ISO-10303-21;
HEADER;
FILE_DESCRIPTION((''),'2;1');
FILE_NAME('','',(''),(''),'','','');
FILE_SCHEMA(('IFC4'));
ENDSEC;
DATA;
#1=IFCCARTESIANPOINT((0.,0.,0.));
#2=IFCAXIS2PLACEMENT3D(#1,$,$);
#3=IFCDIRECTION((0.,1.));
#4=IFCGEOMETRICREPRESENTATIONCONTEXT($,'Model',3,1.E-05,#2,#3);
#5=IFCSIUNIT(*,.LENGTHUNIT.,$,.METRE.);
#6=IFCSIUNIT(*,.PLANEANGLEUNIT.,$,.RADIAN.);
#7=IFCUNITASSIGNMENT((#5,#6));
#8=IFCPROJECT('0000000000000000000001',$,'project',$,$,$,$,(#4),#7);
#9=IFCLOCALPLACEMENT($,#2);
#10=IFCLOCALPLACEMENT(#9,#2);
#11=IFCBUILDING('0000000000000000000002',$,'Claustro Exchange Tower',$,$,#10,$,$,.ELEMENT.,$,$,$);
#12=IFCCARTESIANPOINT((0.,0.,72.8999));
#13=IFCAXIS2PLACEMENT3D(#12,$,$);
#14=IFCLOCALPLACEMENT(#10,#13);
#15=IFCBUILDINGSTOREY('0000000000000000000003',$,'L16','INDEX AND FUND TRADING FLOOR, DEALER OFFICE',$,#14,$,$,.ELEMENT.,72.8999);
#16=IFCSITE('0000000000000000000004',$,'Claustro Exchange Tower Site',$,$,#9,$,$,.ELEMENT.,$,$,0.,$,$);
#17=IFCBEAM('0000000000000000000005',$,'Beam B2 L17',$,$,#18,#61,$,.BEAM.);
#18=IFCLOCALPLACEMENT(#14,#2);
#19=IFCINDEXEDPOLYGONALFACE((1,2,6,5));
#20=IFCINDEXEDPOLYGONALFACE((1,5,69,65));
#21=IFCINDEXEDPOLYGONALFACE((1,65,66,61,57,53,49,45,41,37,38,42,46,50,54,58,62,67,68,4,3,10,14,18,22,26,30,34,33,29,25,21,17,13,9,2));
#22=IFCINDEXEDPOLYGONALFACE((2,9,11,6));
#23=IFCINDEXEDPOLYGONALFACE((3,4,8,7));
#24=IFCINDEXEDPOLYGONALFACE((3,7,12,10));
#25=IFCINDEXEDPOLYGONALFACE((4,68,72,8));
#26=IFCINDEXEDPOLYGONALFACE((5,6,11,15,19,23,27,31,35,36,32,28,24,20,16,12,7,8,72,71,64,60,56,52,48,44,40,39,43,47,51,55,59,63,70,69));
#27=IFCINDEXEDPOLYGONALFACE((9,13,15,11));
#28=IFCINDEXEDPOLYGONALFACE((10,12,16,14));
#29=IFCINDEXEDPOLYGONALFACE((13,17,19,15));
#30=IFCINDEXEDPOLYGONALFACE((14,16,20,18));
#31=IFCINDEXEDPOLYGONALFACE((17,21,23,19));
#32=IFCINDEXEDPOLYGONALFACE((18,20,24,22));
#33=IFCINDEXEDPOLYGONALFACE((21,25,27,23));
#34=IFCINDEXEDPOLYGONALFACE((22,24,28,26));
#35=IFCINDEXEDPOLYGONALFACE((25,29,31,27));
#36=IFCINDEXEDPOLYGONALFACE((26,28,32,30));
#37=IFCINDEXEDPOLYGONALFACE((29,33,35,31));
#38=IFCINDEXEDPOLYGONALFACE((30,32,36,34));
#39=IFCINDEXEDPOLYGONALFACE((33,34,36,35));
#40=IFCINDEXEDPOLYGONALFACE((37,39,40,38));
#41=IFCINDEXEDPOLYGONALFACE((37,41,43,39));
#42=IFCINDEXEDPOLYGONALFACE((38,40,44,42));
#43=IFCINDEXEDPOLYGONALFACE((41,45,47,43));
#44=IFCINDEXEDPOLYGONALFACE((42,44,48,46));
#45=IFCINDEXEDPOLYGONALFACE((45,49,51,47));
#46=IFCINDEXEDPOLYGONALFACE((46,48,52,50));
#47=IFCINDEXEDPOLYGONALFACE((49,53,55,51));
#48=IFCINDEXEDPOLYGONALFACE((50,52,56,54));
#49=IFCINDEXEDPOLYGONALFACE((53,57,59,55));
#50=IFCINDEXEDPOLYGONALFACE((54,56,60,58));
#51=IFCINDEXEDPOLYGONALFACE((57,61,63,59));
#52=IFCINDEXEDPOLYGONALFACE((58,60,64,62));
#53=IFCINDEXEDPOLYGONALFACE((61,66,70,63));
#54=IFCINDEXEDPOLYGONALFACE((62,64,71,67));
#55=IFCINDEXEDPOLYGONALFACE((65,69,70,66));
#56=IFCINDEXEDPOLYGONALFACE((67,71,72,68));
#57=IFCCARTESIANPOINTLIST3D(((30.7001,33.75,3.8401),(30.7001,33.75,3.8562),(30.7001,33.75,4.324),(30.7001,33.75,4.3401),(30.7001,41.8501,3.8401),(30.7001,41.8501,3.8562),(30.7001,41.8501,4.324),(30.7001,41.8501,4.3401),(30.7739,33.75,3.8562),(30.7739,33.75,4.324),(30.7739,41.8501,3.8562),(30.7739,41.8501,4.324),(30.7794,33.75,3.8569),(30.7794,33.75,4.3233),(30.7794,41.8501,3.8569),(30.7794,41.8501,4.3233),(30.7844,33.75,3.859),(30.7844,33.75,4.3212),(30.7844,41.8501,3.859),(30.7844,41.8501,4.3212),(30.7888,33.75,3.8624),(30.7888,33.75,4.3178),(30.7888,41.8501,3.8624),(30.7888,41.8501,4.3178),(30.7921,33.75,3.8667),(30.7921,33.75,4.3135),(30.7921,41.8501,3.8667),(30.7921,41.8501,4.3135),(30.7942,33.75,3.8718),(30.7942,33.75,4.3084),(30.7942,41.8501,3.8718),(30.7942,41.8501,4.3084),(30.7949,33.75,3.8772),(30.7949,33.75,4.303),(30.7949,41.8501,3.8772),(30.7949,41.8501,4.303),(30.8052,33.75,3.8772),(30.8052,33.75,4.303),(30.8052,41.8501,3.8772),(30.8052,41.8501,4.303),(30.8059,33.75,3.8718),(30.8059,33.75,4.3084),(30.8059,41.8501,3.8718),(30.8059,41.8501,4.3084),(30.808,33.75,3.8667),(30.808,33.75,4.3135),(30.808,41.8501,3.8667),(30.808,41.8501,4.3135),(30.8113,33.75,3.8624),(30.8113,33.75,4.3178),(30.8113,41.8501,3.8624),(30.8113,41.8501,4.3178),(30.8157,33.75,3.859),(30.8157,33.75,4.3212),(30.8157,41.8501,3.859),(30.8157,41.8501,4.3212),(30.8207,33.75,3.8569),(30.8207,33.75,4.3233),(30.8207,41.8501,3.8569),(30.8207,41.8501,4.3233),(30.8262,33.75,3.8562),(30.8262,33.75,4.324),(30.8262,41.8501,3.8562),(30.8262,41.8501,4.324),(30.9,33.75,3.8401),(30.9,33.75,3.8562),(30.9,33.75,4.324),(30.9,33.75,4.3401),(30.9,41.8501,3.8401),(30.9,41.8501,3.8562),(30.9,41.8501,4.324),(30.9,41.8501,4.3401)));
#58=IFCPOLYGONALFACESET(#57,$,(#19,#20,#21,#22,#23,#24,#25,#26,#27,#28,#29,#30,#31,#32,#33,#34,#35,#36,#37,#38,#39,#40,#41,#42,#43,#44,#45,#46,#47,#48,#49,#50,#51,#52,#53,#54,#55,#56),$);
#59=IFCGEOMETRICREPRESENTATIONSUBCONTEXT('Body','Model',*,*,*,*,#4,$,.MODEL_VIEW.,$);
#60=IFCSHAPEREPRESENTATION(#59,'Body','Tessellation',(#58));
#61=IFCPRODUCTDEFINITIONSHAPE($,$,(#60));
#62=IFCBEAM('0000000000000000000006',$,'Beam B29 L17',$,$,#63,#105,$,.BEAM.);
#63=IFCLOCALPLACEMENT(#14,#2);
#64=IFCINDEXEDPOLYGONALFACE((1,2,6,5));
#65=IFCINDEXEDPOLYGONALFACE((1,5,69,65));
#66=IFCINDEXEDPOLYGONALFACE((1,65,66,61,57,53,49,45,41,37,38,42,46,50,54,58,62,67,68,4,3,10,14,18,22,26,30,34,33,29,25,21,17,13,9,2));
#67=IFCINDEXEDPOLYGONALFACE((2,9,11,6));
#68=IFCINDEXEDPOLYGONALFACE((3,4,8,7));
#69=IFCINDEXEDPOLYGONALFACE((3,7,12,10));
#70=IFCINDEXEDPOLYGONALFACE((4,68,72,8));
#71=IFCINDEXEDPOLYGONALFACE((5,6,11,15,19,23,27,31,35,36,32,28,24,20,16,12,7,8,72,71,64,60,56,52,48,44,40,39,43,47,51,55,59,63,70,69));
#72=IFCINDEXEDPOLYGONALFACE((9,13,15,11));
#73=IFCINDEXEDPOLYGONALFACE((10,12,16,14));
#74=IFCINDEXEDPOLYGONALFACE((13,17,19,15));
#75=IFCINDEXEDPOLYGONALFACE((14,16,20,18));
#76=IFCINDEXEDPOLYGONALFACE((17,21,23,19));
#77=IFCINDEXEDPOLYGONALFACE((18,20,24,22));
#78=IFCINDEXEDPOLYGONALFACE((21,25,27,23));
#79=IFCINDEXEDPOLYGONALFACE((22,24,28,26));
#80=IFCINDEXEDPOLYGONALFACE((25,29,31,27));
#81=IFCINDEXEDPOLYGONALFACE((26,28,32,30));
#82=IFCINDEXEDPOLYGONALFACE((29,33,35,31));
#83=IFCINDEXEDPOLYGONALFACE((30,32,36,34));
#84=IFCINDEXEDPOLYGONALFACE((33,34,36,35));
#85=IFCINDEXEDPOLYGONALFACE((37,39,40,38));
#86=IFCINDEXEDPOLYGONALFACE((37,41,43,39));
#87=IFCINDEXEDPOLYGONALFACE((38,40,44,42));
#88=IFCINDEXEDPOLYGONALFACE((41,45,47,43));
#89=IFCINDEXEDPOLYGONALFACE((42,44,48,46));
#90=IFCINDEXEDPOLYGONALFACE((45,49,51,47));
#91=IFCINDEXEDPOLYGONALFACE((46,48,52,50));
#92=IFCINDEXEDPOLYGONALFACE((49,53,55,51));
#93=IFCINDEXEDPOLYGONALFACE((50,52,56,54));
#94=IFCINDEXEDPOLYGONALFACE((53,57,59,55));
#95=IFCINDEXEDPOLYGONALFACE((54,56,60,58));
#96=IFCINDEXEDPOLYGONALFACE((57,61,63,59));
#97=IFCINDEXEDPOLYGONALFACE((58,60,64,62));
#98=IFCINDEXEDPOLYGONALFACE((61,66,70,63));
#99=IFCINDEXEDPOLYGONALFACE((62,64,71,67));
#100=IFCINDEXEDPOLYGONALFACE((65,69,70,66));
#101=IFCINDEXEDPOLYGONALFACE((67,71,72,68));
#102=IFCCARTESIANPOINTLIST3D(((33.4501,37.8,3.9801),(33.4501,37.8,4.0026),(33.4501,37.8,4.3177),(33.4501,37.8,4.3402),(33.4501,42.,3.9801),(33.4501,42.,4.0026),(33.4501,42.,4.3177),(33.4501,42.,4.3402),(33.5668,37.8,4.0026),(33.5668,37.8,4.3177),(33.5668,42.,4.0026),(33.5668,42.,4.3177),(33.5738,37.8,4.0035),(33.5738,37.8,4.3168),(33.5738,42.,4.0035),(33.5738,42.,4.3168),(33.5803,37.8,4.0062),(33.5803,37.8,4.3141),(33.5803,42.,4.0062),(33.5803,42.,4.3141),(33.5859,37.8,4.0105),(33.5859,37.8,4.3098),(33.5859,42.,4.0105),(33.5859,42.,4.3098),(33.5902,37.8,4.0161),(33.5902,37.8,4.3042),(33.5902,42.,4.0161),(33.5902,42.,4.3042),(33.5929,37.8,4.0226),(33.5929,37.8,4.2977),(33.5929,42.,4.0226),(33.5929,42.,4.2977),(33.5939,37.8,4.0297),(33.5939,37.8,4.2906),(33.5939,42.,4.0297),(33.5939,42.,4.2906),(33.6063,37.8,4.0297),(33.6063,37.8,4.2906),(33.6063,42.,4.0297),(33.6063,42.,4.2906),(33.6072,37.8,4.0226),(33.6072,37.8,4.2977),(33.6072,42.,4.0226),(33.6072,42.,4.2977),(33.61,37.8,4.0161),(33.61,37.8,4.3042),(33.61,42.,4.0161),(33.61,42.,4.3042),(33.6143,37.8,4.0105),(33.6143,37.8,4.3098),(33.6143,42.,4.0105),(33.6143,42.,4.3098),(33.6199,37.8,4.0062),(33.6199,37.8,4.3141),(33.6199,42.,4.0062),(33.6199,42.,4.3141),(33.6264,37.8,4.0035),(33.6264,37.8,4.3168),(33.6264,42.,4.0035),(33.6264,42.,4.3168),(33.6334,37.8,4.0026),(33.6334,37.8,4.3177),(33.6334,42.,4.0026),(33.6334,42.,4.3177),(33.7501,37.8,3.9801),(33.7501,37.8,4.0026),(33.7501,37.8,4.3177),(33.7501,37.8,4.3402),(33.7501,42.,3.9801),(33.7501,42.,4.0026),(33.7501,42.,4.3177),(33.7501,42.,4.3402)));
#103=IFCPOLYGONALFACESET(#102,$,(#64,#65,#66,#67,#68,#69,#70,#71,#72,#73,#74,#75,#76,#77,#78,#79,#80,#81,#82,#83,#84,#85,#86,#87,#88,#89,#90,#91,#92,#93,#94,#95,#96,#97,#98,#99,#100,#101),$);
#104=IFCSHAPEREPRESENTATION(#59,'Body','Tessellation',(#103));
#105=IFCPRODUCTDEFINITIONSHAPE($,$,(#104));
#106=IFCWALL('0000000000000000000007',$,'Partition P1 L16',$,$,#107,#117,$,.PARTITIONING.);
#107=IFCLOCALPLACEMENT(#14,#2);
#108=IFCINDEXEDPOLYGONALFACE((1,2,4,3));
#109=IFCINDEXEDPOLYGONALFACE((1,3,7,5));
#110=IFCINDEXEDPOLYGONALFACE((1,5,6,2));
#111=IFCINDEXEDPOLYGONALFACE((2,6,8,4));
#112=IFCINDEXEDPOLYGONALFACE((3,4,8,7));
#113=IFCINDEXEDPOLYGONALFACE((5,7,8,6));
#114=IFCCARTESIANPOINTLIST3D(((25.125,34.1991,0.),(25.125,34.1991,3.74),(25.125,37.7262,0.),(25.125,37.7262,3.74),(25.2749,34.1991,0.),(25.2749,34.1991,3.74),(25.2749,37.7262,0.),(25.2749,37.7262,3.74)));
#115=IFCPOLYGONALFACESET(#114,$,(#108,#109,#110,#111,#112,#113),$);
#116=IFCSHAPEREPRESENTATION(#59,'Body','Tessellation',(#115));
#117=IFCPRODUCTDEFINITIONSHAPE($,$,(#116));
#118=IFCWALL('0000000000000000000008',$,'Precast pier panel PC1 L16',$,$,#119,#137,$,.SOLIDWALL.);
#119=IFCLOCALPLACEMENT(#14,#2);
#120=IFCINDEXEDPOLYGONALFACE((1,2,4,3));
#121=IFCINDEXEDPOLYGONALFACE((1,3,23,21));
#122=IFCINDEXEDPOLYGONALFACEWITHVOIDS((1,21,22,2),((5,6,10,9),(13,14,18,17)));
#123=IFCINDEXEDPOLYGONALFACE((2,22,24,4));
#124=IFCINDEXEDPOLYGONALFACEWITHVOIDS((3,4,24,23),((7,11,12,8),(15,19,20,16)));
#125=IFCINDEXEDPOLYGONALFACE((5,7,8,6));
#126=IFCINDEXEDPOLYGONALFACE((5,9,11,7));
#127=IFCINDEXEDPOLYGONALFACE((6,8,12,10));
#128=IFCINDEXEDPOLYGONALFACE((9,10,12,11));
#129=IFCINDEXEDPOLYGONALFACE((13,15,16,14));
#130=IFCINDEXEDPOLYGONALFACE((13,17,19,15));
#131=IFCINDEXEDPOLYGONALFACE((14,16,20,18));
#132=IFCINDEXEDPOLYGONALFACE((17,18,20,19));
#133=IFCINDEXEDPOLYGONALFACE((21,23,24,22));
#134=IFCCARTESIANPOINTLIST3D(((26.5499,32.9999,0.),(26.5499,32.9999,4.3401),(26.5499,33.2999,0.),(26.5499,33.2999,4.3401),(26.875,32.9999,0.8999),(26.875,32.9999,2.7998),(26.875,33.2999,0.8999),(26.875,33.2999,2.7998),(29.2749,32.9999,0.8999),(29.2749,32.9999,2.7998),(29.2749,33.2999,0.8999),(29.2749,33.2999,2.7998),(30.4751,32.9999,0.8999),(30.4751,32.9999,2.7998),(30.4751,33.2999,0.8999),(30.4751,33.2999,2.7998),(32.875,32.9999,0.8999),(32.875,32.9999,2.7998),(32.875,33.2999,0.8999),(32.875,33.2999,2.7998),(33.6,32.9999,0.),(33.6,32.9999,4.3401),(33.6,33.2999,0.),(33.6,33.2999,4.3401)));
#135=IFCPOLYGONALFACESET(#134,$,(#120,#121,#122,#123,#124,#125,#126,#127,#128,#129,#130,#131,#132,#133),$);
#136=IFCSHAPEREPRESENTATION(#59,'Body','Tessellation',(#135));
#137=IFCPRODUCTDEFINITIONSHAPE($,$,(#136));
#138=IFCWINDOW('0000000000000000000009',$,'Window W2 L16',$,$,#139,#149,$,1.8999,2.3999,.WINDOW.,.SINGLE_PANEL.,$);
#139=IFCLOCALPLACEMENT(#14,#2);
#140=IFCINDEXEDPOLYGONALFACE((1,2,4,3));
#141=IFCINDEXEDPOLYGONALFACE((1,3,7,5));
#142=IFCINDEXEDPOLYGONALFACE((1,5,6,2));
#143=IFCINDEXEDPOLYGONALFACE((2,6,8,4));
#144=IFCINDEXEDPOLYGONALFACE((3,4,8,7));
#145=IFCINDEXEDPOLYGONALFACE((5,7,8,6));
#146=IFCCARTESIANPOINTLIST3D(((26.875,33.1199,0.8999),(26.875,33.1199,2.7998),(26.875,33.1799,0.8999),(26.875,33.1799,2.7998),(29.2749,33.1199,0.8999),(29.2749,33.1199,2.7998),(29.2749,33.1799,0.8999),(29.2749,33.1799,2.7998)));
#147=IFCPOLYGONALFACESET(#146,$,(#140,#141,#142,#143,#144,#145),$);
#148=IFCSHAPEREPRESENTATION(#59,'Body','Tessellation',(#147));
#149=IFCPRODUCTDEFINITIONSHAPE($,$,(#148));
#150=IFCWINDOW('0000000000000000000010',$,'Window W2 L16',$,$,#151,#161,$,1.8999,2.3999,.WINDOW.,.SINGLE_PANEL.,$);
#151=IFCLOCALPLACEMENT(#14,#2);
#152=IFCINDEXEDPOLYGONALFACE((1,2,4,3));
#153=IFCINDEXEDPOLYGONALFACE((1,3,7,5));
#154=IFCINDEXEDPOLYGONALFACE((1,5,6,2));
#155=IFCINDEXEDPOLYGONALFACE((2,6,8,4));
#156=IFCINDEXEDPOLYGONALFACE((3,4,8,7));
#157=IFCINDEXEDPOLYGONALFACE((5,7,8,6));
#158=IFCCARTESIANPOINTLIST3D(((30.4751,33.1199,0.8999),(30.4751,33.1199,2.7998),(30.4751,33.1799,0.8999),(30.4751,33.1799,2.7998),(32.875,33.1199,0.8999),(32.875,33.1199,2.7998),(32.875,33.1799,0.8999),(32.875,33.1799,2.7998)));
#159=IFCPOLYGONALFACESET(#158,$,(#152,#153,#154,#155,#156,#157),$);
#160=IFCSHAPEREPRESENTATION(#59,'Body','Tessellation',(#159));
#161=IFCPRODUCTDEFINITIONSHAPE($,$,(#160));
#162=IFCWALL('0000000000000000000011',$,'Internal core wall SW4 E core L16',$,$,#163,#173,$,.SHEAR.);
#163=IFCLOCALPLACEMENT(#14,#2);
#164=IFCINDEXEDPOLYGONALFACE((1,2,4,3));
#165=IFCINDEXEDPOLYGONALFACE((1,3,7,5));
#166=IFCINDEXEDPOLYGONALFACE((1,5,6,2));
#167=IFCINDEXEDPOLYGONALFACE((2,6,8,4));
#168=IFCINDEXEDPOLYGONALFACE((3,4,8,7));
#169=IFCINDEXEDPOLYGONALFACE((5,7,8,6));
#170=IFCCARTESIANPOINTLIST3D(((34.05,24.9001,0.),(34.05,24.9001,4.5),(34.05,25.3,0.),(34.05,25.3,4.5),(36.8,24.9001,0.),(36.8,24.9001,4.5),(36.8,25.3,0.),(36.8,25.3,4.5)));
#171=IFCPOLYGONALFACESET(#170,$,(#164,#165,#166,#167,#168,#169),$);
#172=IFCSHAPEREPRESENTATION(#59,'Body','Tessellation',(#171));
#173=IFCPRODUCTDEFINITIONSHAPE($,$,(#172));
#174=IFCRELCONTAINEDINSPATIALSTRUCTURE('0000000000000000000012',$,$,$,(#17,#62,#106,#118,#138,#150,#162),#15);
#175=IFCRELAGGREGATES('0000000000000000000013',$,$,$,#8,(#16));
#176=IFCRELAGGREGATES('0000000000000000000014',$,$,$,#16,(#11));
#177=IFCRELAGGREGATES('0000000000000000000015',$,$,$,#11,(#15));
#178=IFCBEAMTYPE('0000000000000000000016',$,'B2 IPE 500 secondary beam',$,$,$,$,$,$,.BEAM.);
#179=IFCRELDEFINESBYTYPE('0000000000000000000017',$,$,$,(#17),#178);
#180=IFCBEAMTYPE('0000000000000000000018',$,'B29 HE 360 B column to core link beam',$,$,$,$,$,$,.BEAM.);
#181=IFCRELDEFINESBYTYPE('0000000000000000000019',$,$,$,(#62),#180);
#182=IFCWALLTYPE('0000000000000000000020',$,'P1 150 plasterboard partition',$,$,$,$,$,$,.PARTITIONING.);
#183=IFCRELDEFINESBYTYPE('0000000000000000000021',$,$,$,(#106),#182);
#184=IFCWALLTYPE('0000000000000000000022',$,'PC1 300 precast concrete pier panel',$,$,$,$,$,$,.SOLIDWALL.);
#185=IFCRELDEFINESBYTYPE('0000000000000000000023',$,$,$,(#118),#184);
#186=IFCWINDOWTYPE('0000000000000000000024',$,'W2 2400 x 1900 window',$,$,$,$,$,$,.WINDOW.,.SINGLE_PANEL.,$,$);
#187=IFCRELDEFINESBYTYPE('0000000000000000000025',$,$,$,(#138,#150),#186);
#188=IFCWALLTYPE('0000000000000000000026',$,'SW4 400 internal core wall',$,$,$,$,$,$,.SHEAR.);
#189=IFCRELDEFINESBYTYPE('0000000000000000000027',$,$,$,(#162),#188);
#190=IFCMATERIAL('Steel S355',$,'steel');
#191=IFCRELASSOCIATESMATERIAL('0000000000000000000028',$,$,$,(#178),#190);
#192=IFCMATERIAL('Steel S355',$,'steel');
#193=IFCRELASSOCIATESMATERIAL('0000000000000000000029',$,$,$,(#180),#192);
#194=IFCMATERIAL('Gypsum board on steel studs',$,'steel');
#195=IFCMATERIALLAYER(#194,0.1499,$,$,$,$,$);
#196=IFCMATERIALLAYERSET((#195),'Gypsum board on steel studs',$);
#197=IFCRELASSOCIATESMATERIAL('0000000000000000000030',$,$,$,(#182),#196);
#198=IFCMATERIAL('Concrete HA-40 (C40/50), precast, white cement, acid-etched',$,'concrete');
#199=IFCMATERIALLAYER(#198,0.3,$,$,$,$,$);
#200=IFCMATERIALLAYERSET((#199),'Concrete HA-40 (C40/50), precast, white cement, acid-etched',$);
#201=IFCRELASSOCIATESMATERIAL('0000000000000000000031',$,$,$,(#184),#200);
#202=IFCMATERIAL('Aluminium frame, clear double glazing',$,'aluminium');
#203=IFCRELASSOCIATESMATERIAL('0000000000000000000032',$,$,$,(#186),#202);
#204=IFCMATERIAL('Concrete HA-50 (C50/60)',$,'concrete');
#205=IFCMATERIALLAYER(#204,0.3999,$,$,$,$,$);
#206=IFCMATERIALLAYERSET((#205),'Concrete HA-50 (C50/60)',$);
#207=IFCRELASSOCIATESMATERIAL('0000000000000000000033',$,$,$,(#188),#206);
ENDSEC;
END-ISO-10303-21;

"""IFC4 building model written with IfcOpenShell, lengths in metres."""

from ifc_helpers import new_model, si_unit, direction, frame, frame_2d, origin, origin_2d, place, context, subcontext, project, spatial, rectangle, i_section, extrude, material, layer, layer_set, material_profile, profile_set, type_object, element, fill, save


model = new_model("IFC4")

# Units and contexts
model_context = context("Model", 3, precision=1e-05, world=origin(), true_north=direction((0.0, 1.0)))
body_context = subcontext(model_context, "Body", "Model", "MODEL_VIEW")
ifc_project = project(units=[si_unit("LENGTHUNIT", "METRE"), si_unit("PLANEANGLEUNIT", "RADIAN")], contexts=[model_context])

# Site, building, storey
site_placement = place(None, origin())
site = spatial("IfcSite", under=ifc_project, at=site_placement, Name="Claustro Exchange Tower Site", CompositionType="ELEMENT", RefElevation=0.0)
building_placement = place(site_placement, origin())
building = spatial("IfcBuilding", under=site, at=building_placement, Name="Claustro Exchange Tower", CompositionType="ELEMENT")
storey_placement = place(building_placement, frame((0.0, 0.0, 72.8999)))
storey = spatial("IfcBuildingStorey", under=building, at=storey_placement, Name="L16", Description="INDEX AND FUND TRADING FLOOR, DEALER OFFICE", CompositionType="ELEMENT", Elevation=72.8999)

# Beams
ifc_material_1 = material(Name="Steel S355", Category="steel")
ifc_material_profile_1 = material_profile(ifc_material_1, i_section(OverallWidth=0.2, OverallDepth=0.5, WebThickness=0.0103, FlangeThickness=0.0161, FilletRadius=0.021, at=origin_2d()), Name="IPE 500")
ifc_profile_set_1 = profile_set([ifc_material_profile_1], Name="Steel S355")
beam_type_1 = type_object("IfcBeamType", Name="B2 IPE 500 secondary beam", PredefinedType="BEAM", material=ifc_profile_set_1)
for number, where, z_axis, x_axis, name in (
    (1, (30.8, 33.75, 4.0901), (0.0, 1.0, 0.0), (-1.0, 0.0, 0.0), "Beam B2 L17"),
):
    element("IfcBeam", number, at=place(storey_placement, frame(where, z_axis=z_axis, x_axis=x_axis)), inside=storey, type_object=beam_type_1, Name=name, PredefinedType="BEAM", context=body_context, shape_type="SweptSolid", body=[
        extrude(i_section(OverallWidth=0.2, OverallDepth=0.5, WebThickness=0.0103, FlangeThickness=0.0161, FilletRadius=0.021, at=origin_2d()), origin(), (0.0, 0.0, 1.0), 8.1001),
    ])
ifc_material_2 = material(Name="Steel S355", Category="steel")
ifc_material_profile_2 = material_profile(ifc_material_2, i_section(OverallWidth=0.3, OverallDepth=0.3601, WebThickness=0.0125, FlangeThickness=0.0225, FilletRadius=0.0271, at=origin_2d()), Name="HE 360 B")
ifc_profile_set_2 = profile_set([ifc_material_profile_2], Name="Steel S355")
beam_type_2 = type_object("IfcBeamType", Name="B29 HE 360 B column to core link beam", PredefinedType="BEAM", material=ifc_profile_set_2)
beam_1_placement = place(storey_placement, frame((33.6001, 37.8, 4.1602), z_axis=(0.0, 1.0, 0.0), x_axis=(-1.0, 0.0, 0.0)))
element("IfcBeam", 2, at=beam_1_placement, inside=storey, type_object=beam_type_2, Name="Beam B29 L17", PredefinedType="BEAM", context=body_context, shape_type="SweptSolid", body=[
    extrude(i_section(OverallWidth=0.3, OverallDepth=0.3601, WebThickness=0.0125, FlangeThickness=0.0225, FilletRadius=0.0271, at=origin_2d()), origin(), (0.0, 0.0, 1.0), 4.2),
])

# Wall
ifc_material_3 = material(Name="Gypsum board on steel studs", Category="steel")
ifc_layer_1 = layer(ifc_material_3, 0.1499)
ifc_layer_set_1 = layer_set([ifc_layer_1], Name="Gypsum board on steel studs")
wall_type_1 = type_object("IfcWallType", Name="P1 150 plasterboard partition", PredefinedType="PARTITIONING", material=ifc_layer_set_1)
wall_1_placement = place(storey_placement, frame((25.2, 34.199, 0.0), z_axis=(0.0, 0.0, 1.0), x_axis=(0.0, 1.0, 0.0)))
element("IfcWall", 3, at=wall_1_placement, inside=storey, type_object=wall_type_1, Name="Partition P1 L16", PredefinedType="PARTITIONING", context=body_context, shape_type="SweptSolid", body=[
    extrude(rectangle(XDim=3.5271, YDim=0.1499, at=frame_2d((1.7637, 0.0))), origin(), (0.0, 0.0, 1.0), 3.74),
])

# Wall, openings, windows
ifc_material_4 = material(Name="Concrete HA-40 (C40/50), precast, white cement, acid-etched", Category="concrete")
ifc_layer_2 = layer(ifc_material_4, 0.3)
ifc_layer_set_2 = layer_set([ifc_layer_2], Name="Concrete HA-40 (C40/50), precast, white cement, acid-etched")
wall_type_2 = type_object("IfcWallType", Name="PC1 300 precast concrete pier panel", PredefinedType="SOLIDWALL", material=ifc_layer_set_2)
wall_2_placement = place(storey_placement, frame((26.55, 33.1499, 0.0), z_axis=(0.0, 0.0, 1.0), x_axis=(1.0, 0.0, 0.0)))
wall_2 = element("IfcWall", 4, at=wall_2_placement, inside=storey, type_object=wall_type_2, Name="Precast pier panel PC1 L16", PredefinedType="SOLIDWALL", context=body_context, shape_type="SweptSolid", body=[
    extrude(rectangle(XDim=7.05, YDim=0.3, at=frame_2d((3.5249, 0.0))), origin(), (0.0, 0.0, 1.0), 4.3401),
])
opening_1_placement = place(wall_2_placement, frame((0.325, 0.0, 0.8999)))
opening_1 = element("IfcOpeningElement", 5, at=opening_1_placement, cuts=wall_2, PredefinedType="OPENING", context=body_context, shape_type="SweptSolid", body=[
    extrude(rectangle(XDim=2.3999, YDim=1.8999, at=frame_2d((1.2, 0.95))), frame((0.0, 0.1599, 0.0), z_axis=(0.0, -1.0, 0.0), x_axis=(1.0, 0.0, 0.0)), (0.0, 0.0, 1.0), 0.3201),
])
opening_2_placement = place(wall_2_placement, frame((3.925, 0.0, 0.8999)))
opening_2 = element("IfcOpeningElement", 6, at=opening_2_placement, cuts=wall_2, PredefinedType="OPENING", context=body_context, shape_type="SweptSolid", body=[
    extrude(rectangle(XDim=2.3999, YDim=1.8999, at=frame_2d((1.2, 0.95))), frame((0.0, 0.1599, 0.0), z_axis=(0.0, -1.0, 0.0), x_axis=(1.0, 0.0, 0.0)), (0.0, 0.0, 1.0), 0.3201),
])
ifc_material_5 = material(Name="Aluminium frame, clear double glazing", Category="aluminium")
window_type = type_object("IfcWindowType", Name="W2 2400 x 1900 window", PartitioningType="SINGLE_PANEL", PredefinedType="WINDOW", material=ifc_material_5)
window_1_placement = place(opening_1_placement, origin())
window_1 = element("IfcWindow", 7, at=window_1_placement, inside=storey, type_object=window_type, Name="Window W2 L16", OverallHeight=1.8999, OverallWidth=2.3999, PartitioningType="SINGLE_PANEL", PredefinedType="WINDOW", context=body_context, shape_type="SweptSolid", body=[
    extrude(rectangle(XDim=2.3999, YDim=1.8999, at=frame_2d((1.2, 0.95))), frame((0.0, 0.03, 0.0), z_axis=(0.0, -1.0, 0.0), x_axis=(1.0, 0.0, 0.0)), (0.0, 0.0, 1.0), 0.0601),
])
fill(opening_1, window_1)
window_2_placement = place(opening_2_placement, origin())
window_2 = element("IfcWindow", 8, at=window_2_placement, inside=storey, type_object=window_type, Name="Window W2 L16", OverallHeight=1.8999, OverallWidth=2.3999, PartitioningType="SINGLE_PANEL", PredefinedType="WINDOW", context=body_context, shape_type="SweptSolid", body=[
    extrude(rectangle(XDim=2.3999, YDim=1.8999, at=frame_2d((1.2, 0.95))), frame((0.0, 0.03, 0.0), z_axis=(0.0, -1.0, 0.0), x_axis=(1.0, 0.0, 0.0)), (0.0, 0.0, 1.0), 0.0601),
])
fill(opening_2, window_2)

# Wall
ifc_material_6 = material(Name="Concrete HA-50 (C50/60)", Category="concrete")
ifc_layer_3 = layer(ifc_material_6, 0.3999)
ifc_layer_set_3 = layer_set([ifc_layer_3], Name="Concrete HA-50 (C50/60)")
wall_type_3 = type_object("IfcWallType", Name="SW4 400 internal core wall", PredefinedType="SHEAR", material=ifc_layer_set_3)
wall_3_placement = place(storey_placement, frame((36.8, 25.1001, 0.0), z_axis=(0.0, 0.0, 1.0), x_axis=(-1.0, 0.0, 0.0)))
element("IfcWall", 9, at=wall_3_placement, inside=storey, type_object=wall_type_3, Name="Internal core wall SW4 E core L16", PredefinedType="SHEAR", context=body_context, shape_type="SweptSolid", body=[
    extrude(rectangle(XDim=2.75, YDim=0.3999, at=frame_2d((1.375, 0.0))), origin(), (0.0, 0.0, 1.0), 4.5),
])

save(model, "model.ifc")
